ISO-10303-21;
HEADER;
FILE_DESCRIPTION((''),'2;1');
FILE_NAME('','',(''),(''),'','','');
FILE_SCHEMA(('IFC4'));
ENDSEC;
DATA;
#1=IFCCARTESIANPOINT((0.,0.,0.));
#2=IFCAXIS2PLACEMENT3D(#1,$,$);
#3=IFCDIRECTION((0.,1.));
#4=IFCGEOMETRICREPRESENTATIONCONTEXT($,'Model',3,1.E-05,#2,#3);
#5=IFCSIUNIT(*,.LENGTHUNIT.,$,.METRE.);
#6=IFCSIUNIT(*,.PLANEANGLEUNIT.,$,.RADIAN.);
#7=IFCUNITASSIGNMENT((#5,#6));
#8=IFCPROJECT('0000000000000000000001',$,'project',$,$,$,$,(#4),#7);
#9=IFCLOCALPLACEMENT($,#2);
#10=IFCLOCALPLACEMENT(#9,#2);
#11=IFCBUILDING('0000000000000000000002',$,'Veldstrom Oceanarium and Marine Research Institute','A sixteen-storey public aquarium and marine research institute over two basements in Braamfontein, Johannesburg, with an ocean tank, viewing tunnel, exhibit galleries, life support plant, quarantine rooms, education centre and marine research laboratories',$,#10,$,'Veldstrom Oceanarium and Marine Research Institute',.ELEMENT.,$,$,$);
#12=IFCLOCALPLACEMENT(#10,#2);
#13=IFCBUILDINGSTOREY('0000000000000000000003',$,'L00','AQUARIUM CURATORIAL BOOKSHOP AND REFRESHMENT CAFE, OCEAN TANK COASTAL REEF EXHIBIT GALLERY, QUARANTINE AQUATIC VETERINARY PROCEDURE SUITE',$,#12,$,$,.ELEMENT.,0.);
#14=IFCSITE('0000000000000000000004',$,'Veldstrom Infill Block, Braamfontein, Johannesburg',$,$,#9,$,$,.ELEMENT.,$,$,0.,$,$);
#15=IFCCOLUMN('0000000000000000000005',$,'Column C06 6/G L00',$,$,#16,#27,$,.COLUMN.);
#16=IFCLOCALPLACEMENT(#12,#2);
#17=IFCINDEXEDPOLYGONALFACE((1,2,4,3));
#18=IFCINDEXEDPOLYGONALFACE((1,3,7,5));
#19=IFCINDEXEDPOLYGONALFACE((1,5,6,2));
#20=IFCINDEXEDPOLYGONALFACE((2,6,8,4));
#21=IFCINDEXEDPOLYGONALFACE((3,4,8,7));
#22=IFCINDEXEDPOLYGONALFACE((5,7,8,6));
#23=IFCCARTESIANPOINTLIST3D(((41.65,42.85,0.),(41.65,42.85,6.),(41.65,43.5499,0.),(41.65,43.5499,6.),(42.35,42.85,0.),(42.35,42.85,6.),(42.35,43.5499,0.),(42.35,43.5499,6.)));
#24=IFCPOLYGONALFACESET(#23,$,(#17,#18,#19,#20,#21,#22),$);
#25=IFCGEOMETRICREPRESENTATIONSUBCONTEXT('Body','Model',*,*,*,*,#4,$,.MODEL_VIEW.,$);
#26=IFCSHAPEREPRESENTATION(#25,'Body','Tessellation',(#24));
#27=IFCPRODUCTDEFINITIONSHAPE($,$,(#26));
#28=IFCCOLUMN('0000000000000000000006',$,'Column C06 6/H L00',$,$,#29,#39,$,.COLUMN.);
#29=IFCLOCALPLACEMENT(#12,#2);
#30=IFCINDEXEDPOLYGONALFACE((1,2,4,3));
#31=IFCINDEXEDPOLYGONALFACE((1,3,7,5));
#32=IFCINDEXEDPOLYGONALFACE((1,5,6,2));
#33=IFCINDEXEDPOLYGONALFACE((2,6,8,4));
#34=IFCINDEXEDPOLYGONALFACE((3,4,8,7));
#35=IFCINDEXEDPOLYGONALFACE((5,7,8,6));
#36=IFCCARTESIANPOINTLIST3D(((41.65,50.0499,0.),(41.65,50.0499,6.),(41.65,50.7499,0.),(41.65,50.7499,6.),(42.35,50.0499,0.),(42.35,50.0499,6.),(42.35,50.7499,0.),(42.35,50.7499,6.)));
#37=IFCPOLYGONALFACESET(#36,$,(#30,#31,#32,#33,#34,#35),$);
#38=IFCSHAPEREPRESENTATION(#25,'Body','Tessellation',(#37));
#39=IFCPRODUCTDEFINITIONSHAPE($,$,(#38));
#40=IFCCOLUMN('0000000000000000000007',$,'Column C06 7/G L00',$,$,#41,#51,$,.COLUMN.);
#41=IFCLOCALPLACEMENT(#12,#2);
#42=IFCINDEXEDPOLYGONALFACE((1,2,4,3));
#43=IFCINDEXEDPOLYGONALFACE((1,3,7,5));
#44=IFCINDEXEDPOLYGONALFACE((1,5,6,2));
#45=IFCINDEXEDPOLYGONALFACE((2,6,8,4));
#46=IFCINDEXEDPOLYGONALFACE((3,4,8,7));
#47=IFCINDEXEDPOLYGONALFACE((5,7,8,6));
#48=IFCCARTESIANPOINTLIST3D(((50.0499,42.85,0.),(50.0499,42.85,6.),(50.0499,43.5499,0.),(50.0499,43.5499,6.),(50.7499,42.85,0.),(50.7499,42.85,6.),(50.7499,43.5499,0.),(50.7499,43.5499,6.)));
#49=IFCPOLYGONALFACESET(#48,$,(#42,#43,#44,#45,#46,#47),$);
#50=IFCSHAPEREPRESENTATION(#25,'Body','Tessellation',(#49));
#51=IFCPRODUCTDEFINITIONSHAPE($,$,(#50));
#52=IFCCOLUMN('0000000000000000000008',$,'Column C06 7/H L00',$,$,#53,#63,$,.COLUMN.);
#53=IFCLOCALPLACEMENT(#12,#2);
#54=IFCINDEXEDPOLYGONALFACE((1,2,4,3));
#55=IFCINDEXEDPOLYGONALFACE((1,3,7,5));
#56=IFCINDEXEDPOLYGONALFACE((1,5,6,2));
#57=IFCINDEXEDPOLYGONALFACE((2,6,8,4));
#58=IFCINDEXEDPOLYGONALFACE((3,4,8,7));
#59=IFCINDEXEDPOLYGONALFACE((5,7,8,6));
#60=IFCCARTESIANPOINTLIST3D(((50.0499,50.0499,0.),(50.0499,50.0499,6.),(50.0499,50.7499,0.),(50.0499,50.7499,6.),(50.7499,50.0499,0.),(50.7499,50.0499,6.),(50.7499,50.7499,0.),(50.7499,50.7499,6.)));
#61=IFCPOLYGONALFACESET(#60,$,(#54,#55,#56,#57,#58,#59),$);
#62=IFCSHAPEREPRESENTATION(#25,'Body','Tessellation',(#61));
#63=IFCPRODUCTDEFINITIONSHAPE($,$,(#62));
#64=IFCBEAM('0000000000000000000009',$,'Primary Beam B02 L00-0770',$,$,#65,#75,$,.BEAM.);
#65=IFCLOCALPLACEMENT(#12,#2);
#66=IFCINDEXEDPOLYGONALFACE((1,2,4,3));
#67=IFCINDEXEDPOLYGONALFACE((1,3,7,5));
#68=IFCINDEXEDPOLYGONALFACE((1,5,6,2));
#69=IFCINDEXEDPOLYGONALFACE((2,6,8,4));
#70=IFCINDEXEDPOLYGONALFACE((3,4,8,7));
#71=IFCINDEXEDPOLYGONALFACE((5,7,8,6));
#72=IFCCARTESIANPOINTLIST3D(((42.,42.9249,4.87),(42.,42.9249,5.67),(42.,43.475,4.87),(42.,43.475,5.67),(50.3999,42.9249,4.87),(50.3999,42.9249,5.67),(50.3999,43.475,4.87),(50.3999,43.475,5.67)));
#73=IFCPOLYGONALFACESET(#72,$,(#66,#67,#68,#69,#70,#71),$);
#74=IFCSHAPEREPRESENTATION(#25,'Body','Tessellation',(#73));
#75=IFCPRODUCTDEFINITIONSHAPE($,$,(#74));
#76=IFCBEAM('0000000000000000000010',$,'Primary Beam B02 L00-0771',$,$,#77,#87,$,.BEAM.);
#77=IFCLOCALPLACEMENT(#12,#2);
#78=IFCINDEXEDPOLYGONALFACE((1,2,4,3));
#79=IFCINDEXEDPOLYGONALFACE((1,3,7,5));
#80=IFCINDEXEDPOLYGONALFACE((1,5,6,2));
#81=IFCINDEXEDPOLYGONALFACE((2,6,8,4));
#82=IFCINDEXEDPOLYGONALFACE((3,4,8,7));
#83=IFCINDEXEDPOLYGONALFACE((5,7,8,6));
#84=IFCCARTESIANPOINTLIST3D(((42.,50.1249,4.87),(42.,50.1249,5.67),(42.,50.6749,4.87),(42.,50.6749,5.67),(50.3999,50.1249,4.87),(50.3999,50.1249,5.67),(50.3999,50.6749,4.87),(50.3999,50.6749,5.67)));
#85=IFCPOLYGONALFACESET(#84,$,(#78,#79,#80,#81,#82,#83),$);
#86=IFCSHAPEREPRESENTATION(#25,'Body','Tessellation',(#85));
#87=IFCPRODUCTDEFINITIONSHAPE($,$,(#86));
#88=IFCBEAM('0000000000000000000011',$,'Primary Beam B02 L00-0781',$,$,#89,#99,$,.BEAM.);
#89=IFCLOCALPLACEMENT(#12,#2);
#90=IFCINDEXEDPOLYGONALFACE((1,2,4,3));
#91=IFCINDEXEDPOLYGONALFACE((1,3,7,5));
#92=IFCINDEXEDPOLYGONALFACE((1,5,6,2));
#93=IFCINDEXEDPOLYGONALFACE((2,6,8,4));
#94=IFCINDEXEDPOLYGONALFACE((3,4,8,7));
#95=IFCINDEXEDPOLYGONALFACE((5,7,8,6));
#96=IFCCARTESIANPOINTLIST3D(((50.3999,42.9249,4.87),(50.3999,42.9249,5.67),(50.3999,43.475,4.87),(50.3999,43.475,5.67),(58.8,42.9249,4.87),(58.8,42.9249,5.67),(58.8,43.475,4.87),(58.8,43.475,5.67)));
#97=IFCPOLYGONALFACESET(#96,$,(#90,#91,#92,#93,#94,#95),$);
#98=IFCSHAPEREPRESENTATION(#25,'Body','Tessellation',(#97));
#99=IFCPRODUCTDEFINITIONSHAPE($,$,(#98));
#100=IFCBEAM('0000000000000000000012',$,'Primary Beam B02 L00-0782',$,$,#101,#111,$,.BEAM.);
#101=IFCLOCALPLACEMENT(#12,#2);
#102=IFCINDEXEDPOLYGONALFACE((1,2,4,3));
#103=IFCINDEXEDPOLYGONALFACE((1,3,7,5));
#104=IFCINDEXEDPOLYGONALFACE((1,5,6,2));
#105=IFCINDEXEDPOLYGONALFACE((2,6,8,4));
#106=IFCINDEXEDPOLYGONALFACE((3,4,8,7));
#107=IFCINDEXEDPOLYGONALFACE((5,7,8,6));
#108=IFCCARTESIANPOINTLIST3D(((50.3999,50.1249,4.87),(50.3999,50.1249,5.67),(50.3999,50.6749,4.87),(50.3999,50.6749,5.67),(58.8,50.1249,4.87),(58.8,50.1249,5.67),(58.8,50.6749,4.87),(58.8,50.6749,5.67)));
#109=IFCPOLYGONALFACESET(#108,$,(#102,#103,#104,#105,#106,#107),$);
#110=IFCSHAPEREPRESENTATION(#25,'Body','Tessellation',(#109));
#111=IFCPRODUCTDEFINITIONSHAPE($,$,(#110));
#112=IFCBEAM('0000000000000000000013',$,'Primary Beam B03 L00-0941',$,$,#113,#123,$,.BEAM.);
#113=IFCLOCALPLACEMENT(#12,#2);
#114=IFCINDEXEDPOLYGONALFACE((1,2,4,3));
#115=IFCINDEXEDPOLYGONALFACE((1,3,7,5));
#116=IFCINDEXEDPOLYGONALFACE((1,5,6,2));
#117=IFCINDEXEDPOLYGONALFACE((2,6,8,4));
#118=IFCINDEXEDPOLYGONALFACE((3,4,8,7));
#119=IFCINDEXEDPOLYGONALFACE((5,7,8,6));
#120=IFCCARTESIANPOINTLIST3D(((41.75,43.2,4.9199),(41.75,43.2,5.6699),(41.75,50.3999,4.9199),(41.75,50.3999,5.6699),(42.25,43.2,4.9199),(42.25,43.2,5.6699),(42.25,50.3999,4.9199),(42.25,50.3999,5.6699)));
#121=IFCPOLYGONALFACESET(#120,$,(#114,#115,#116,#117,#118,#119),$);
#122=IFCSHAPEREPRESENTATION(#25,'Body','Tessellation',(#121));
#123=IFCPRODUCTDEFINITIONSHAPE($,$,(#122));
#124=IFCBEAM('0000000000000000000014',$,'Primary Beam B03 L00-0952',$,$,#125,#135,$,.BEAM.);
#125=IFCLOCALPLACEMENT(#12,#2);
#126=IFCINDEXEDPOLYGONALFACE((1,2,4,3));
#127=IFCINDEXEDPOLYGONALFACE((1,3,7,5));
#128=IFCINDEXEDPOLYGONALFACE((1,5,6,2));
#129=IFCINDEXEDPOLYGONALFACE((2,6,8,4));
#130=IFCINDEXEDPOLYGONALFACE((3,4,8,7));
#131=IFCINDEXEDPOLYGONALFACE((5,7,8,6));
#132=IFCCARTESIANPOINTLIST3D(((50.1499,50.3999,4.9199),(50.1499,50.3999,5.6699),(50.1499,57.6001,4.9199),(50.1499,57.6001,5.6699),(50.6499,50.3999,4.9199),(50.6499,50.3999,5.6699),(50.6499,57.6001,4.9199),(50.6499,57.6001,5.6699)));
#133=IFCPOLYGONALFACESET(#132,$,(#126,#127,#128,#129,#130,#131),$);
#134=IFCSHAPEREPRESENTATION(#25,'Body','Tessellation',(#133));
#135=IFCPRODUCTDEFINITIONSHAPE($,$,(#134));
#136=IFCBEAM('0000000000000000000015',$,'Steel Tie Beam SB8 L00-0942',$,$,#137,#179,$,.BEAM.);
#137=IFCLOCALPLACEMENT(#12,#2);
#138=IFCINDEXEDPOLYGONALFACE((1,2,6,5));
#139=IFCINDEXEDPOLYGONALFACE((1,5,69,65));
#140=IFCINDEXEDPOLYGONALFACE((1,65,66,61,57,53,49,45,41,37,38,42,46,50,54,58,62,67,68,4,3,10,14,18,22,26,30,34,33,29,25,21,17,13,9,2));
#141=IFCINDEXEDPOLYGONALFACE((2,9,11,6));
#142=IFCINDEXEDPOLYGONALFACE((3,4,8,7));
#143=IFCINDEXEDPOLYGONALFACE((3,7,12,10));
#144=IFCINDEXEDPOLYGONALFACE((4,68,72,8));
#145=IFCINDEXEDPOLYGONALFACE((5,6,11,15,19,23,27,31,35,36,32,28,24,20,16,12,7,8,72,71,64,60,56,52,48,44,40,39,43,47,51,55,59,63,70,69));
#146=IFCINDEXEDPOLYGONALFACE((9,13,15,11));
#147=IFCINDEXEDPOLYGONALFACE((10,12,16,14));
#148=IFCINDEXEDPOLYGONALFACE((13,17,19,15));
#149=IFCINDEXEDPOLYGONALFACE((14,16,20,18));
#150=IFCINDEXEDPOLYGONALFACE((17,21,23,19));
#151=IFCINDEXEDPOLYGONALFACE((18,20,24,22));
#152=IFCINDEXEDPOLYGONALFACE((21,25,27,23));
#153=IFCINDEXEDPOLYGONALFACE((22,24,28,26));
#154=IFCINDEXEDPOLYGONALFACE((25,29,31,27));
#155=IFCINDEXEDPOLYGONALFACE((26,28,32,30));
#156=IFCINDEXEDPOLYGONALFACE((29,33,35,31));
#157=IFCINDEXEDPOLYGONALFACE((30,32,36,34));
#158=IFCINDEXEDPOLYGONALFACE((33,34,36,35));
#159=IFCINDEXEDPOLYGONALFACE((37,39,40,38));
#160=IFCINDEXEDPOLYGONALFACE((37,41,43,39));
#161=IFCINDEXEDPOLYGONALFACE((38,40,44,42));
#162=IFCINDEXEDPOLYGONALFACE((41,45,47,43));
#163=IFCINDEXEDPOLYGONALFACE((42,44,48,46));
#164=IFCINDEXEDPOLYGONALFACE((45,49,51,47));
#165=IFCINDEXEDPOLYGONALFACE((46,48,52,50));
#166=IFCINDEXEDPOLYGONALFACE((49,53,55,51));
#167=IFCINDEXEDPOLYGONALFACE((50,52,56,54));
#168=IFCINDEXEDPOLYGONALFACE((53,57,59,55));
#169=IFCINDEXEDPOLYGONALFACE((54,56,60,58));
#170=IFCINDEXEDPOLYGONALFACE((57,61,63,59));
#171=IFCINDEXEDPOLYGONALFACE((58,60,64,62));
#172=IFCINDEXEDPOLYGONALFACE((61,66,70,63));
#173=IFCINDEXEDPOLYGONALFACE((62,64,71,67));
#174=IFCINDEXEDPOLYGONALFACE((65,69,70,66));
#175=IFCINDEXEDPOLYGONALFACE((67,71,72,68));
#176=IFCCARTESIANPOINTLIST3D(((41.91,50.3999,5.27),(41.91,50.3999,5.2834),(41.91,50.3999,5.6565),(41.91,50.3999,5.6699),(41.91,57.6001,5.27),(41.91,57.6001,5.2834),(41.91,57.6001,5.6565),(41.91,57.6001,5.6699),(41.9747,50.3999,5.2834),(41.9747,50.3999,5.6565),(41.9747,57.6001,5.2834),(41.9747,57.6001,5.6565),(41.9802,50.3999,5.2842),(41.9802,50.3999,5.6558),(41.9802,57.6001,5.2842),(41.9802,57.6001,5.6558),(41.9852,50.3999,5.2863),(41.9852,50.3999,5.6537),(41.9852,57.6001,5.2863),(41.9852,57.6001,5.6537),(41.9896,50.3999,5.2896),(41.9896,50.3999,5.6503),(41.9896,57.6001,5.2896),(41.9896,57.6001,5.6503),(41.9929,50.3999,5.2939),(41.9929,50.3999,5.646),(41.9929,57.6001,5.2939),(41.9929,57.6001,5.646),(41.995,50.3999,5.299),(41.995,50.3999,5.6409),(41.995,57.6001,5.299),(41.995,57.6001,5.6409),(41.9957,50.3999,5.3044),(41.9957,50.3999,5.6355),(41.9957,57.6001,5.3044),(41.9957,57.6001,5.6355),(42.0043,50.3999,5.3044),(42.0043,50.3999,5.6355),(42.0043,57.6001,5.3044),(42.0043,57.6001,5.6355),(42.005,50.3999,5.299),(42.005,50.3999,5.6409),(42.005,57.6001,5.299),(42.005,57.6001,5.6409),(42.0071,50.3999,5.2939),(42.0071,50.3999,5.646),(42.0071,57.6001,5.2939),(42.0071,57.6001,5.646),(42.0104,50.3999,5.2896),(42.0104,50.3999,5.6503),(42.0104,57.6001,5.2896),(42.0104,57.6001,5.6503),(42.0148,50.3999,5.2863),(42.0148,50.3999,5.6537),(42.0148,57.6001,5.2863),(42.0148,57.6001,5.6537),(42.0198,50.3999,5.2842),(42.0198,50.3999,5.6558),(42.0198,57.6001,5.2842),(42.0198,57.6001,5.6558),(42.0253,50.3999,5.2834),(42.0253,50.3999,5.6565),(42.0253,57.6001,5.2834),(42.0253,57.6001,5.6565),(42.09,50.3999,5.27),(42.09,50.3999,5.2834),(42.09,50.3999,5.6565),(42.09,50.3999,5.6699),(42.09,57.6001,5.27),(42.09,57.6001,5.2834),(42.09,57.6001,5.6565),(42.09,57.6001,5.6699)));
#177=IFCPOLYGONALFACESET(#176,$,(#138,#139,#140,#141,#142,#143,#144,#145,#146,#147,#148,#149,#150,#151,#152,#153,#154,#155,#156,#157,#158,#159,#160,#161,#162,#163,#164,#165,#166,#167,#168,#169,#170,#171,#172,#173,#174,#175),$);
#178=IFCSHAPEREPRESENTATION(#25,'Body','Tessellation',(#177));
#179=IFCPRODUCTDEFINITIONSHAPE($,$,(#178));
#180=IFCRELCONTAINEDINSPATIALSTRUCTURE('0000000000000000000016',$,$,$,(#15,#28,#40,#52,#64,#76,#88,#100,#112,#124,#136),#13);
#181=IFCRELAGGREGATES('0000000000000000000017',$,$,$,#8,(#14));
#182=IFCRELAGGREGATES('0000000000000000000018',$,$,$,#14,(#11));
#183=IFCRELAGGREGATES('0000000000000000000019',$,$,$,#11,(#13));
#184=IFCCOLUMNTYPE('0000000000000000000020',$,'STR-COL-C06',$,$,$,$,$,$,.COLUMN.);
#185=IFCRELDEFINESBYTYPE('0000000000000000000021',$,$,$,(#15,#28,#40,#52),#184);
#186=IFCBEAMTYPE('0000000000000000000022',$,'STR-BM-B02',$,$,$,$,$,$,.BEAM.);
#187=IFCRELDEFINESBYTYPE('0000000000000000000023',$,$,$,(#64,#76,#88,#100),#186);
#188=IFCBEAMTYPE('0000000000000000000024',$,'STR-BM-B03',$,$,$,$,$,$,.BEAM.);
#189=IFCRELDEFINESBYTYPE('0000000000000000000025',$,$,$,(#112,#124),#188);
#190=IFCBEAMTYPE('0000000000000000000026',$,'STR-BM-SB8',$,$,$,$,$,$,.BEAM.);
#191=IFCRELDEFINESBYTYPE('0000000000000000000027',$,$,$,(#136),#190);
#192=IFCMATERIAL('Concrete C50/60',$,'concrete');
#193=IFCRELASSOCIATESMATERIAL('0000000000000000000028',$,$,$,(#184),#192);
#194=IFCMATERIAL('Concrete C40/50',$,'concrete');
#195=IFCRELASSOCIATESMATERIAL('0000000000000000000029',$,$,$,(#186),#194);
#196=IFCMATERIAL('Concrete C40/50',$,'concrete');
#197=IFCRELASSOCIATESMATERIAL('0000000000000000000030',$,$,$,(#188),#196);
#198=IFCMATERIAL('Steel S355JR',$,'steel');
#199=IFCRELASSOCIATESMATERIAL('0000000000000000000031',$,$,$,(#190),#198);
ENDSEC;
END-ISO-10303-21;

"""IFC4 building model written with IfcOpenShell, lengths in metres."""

from ifc_helpers import new_model, si_unit, direction, frame, origin, origin_2d, place, context, subcontext, project, spatial, rectangle, i_section, extrude, material, material_profile, profile_set, type_object, element, save


model = new_model("IFC4")

# Units and contexts
model_context = context("Model", 3, precision=1e-05, world=origin(), true_north=direction((0.0, 1.0)))
body_context = subcontext(model_context, "Body", "Model", "MODEL_VIEW")
ifc_project = project(units=[si_unit("LENGTHUNIT", "METRE"), si_unit("PLANEANGLEUNIT", "RADIAN")], contexts=[model_context])

# Site, building, storey
site_placement = place(None, origin())
site = spatial("IfcSite", under=ifc_project, at=site_placement, Name="Veldstrom Infill Block, Braamfontein, Johannesburg", CompositionType="ELEMENT", RefElevation=0.0)
building_placement = place(site_placement, origin())
building = spatial("IfcBuilding", under=site, at=building_placement, Name="Veldstrom Oceanarium and Marine Research Institute", Description="A sixteen-storey public aquarium and marine research institute over two basements in Braamfontein, Johannesburg, with an ocean tank, viewing tunnel, exhibit galleries, life support plant, quarantine rooms, education centre and marine research laboratories", LongName="Veldstrom Oceanarium and Marine Research Institute", CompositionType="ELEMENT")
storey_placement = place(building_placement, origin())
storey = spatial("IfcBuildingStorey", under=building, at=storey_placement, Name="L00", Description="AQUARIUM CURATORIAL BOOKSHOP AND REFRESHMENT CAFE, OCEAN TANK COASTAL REEF EXHIBIT GALLERY, QUARANTINE AQUATIC VETERINARY PROCEDURE SUITE", CompositionType="ELEMENT", Elevation=0.0)

# Columns
ifc_material_1 = material(Name="Concrete C50/60", Category="concrete")
ifc_material_profile_1 = material_profile(ifc_material_1, rectangle(XDim=0.7, YDim=0.7, at=origin_2d()), Name="RC-COL-700x700")
ifc_profile_set_1 = profile_set([ifc_material_profile_1], Name="Concrete C50/60")
column_type = type_object("IfcColumnType", Name="STR-COL-C06", PredefinedType="COLUMN", material=ifc_profile_set_1)
for number, where, z_axis, x_axis, name in (
    (1, (42.0, 43.2, 0.0), (0.0, 0.0, 1.0), (1.0, 0.0, 0.0), "Column C06 6/G L00"),
    (2, (42.0, 50.3999, 0.0), (0.0, 0.0, 1.0), (1.0, 0.0, 0.0), "Column C06 6/H L00"),
    (3, (50.3999, 43.2, 0.0), (0.0, 0.0, 1.0), (1.0, 0.0, 0.0), "Column C06 7/G L00"),
    (4, (50.3999, 50.3999, 0.0), (0.0, 0.0, 1.0), (1.0, 0.0, 0.0), "Column C06 7/H L00"),
):
    element("IfcColumn", number, at=place(storey_placement, frame(where, z_axis=z_axis, x_axis=x_axis)), inside=storey, type_object=column_type, Name=name, PredefinedType="COLUMN", context=body_context, shape_type="SweptSolid", body=[
        extrude(rectangle(XDim=0.7, YDim=0.7, at=origin_2d()), origin(), (0.0, 0.0, 1.0), 6.0),
    ])

# Beams
ifc_material_2 = material(Name="Concrete C40/50", Category="concrete")
ifc_material_profile_2 = material_profile(ifc_material_2, rectangle(XDim=0.55, YDim=0.8, at=origin_2d()), Name="RC-BM-550x800")
ifc_profile_set_2 = profile_set([ifc_material_profile_2], Name="Concrete C40/50")
beam_type_1 = type_object("IfcBeamType", Name="STR-BM-B02", PredefinedType="BEAM", material=ifc_profile_set_2)
for number, where, z_axis, x_axis, name in (
    (5, (42.0, 43.2, 5.27), (1.0, 0.0, 0.0), (0.0, 1.0, 0.0), "Primary Beam B02 L00-0770"),
    (6, (42.0, 50.3999, 5.27), (1.0, 0.0, 0.0), (0.0, 1.0, 0.0), "Primary Beam B02 L00-0771"),
):
    element("IfcBeam", number, at=place(storey_placement, frame(where, z_axis=z_axis, x_axis=x_axis)), inside=storey, type_object=beam_type_1, Name=name, PredefinedType="BEAM", context=body_context, shape_type="SweptSolid", body=[
        extrude(rectangle(XDim=0.55, YDim=0.8, at=origin_2d()), origin(), (0.0, 0.0, 1.0), 8.3999),
    ])
for number, where, z_axis, x_axis, name in (
    (7, (50.3999, 43.2, 5.27), (1.0, 0.0, 0.0), (0.0, 1.0, 0.0), "Primary Beam B02 L00-0781"),
    (8, (50.3999, 50.3999, 5.27), (1.0, 0.0, 0.0), (0.0, 1.0, 0.0), "Primary Beam B02 L00-0782"),
):
    element("IfcBeam", number, at=place(storey_placement, frame(where, z_axis=z_axis, x_axis=x_axis)), inside=storey, type_object=beam_type_1, Name=name, PredefinedType="BEAM", context=body_context, shape_type="SweptSolid", body=[
        extrude(rectangle(XDim=0.55, YDim=0.8, at=origin_2d()), origin(), (0.0, 0.0, 1.0), 8.4001),
    ])
ifc_material_3 = material(Name="Concrete C40/50", Category="concrete")
ifc_material_profile_3 = material_profile(ifc_material_3, rectangle(XDim=0.5, YDim=0.75, at=origin_2d()), Name="RC-BM-500x750")
ifc_profile_set_3 = profile_set([ifc_material_profile_3], Name="Concrete C40/50")
beam_type_2 = type_object("IfcBeamType", Name="STR-BM-B03", PredefinedType="BEAM", material=ifc_profile_set_3)
beam_1_placement = place(storey_placement, frame((42.0, 43.2, 5.2949), z_axis=(0.0, 1.0, 0.0), x_axis=(-1.0, 0.0, 0.0)))
element("IfcBeam", 9, at=beam_1_placement, inside=storey, type_object=beam_type_2, Name="Primary Beam B03 L00-0941", PredefinedType="BEAM", context=body_context, shape_type="SweptSolid", body=[
    extrude(rectangle(XDim=0.5, YDim=0.75, at=origin_2d()), origin(), (0.0, 0.0, 1.0), 7.2),
])
beam_2_placement = place(storey_placement, frame((50.3999, 50.3999, 5.2949), z_axis=(0.0, 1.0, 0.0), x_axis=(-1.0, 0.0, 0.0)))
element("IfcBeam", 10, at=beam_2_placement, inside=storey, type_object=beam_type_2, Name="Primary Beam B03 L00-0952", PredefinedType="BEAM", context=body_context, shape_type="SweptSolid", body=[
    extrude(rectangle(XDim=0.5, YDim=0.75, at=origin_2d()), origin(), (0.0, 0.0, 1.0), 7.2002),
])
ifc_material_4 = material(Name="Steel S355JR", Category="steel")
ifc_material_profile_4 = material_profile(ifc_material_4, i_section(OverallWidth=0.1799, OverallDepth=0.3999, WebThickness=0.0085, FlangeThickness=0.0134, FilletRadius=0.021, at=origin_2d()), Name="IPE 400")
ifc_profile_set_4 = profile_set([ifc_material_profile_4], Name="Steel S355JR")
beam_type_3 = type_object("IfcBeamType", Name="STR-BM-SB8", PredefinedType="BEAM", material=ifc_profile_set_4)
beam_3_placement = place(storey_placement, frame((42.0, 50.3999, 5.47), z_axis=(0.0, 1.0, 0.0), x_axis=(-1.0, 0.0, 0.0)))
element("IfcBeam", 11, at=beam_3_placement, inside=storey, type_object=beam_type_3, Name="Steel Tie Beam SB8 L00-0942", PredefinedType="BEAM", context=body_context, shape_type="SweptSolid", body=[
    extrude(i_section(OverallWidth=0.1799, OverallDepth=0.3999, WebThickness=0.0085, FlangeThickness=0.0134, FilletRadius=0.021, at=origin_2d()), origin(), (0.0, 0.0, 1.0), 7.2002),
])

save(model, "model.ifc")
